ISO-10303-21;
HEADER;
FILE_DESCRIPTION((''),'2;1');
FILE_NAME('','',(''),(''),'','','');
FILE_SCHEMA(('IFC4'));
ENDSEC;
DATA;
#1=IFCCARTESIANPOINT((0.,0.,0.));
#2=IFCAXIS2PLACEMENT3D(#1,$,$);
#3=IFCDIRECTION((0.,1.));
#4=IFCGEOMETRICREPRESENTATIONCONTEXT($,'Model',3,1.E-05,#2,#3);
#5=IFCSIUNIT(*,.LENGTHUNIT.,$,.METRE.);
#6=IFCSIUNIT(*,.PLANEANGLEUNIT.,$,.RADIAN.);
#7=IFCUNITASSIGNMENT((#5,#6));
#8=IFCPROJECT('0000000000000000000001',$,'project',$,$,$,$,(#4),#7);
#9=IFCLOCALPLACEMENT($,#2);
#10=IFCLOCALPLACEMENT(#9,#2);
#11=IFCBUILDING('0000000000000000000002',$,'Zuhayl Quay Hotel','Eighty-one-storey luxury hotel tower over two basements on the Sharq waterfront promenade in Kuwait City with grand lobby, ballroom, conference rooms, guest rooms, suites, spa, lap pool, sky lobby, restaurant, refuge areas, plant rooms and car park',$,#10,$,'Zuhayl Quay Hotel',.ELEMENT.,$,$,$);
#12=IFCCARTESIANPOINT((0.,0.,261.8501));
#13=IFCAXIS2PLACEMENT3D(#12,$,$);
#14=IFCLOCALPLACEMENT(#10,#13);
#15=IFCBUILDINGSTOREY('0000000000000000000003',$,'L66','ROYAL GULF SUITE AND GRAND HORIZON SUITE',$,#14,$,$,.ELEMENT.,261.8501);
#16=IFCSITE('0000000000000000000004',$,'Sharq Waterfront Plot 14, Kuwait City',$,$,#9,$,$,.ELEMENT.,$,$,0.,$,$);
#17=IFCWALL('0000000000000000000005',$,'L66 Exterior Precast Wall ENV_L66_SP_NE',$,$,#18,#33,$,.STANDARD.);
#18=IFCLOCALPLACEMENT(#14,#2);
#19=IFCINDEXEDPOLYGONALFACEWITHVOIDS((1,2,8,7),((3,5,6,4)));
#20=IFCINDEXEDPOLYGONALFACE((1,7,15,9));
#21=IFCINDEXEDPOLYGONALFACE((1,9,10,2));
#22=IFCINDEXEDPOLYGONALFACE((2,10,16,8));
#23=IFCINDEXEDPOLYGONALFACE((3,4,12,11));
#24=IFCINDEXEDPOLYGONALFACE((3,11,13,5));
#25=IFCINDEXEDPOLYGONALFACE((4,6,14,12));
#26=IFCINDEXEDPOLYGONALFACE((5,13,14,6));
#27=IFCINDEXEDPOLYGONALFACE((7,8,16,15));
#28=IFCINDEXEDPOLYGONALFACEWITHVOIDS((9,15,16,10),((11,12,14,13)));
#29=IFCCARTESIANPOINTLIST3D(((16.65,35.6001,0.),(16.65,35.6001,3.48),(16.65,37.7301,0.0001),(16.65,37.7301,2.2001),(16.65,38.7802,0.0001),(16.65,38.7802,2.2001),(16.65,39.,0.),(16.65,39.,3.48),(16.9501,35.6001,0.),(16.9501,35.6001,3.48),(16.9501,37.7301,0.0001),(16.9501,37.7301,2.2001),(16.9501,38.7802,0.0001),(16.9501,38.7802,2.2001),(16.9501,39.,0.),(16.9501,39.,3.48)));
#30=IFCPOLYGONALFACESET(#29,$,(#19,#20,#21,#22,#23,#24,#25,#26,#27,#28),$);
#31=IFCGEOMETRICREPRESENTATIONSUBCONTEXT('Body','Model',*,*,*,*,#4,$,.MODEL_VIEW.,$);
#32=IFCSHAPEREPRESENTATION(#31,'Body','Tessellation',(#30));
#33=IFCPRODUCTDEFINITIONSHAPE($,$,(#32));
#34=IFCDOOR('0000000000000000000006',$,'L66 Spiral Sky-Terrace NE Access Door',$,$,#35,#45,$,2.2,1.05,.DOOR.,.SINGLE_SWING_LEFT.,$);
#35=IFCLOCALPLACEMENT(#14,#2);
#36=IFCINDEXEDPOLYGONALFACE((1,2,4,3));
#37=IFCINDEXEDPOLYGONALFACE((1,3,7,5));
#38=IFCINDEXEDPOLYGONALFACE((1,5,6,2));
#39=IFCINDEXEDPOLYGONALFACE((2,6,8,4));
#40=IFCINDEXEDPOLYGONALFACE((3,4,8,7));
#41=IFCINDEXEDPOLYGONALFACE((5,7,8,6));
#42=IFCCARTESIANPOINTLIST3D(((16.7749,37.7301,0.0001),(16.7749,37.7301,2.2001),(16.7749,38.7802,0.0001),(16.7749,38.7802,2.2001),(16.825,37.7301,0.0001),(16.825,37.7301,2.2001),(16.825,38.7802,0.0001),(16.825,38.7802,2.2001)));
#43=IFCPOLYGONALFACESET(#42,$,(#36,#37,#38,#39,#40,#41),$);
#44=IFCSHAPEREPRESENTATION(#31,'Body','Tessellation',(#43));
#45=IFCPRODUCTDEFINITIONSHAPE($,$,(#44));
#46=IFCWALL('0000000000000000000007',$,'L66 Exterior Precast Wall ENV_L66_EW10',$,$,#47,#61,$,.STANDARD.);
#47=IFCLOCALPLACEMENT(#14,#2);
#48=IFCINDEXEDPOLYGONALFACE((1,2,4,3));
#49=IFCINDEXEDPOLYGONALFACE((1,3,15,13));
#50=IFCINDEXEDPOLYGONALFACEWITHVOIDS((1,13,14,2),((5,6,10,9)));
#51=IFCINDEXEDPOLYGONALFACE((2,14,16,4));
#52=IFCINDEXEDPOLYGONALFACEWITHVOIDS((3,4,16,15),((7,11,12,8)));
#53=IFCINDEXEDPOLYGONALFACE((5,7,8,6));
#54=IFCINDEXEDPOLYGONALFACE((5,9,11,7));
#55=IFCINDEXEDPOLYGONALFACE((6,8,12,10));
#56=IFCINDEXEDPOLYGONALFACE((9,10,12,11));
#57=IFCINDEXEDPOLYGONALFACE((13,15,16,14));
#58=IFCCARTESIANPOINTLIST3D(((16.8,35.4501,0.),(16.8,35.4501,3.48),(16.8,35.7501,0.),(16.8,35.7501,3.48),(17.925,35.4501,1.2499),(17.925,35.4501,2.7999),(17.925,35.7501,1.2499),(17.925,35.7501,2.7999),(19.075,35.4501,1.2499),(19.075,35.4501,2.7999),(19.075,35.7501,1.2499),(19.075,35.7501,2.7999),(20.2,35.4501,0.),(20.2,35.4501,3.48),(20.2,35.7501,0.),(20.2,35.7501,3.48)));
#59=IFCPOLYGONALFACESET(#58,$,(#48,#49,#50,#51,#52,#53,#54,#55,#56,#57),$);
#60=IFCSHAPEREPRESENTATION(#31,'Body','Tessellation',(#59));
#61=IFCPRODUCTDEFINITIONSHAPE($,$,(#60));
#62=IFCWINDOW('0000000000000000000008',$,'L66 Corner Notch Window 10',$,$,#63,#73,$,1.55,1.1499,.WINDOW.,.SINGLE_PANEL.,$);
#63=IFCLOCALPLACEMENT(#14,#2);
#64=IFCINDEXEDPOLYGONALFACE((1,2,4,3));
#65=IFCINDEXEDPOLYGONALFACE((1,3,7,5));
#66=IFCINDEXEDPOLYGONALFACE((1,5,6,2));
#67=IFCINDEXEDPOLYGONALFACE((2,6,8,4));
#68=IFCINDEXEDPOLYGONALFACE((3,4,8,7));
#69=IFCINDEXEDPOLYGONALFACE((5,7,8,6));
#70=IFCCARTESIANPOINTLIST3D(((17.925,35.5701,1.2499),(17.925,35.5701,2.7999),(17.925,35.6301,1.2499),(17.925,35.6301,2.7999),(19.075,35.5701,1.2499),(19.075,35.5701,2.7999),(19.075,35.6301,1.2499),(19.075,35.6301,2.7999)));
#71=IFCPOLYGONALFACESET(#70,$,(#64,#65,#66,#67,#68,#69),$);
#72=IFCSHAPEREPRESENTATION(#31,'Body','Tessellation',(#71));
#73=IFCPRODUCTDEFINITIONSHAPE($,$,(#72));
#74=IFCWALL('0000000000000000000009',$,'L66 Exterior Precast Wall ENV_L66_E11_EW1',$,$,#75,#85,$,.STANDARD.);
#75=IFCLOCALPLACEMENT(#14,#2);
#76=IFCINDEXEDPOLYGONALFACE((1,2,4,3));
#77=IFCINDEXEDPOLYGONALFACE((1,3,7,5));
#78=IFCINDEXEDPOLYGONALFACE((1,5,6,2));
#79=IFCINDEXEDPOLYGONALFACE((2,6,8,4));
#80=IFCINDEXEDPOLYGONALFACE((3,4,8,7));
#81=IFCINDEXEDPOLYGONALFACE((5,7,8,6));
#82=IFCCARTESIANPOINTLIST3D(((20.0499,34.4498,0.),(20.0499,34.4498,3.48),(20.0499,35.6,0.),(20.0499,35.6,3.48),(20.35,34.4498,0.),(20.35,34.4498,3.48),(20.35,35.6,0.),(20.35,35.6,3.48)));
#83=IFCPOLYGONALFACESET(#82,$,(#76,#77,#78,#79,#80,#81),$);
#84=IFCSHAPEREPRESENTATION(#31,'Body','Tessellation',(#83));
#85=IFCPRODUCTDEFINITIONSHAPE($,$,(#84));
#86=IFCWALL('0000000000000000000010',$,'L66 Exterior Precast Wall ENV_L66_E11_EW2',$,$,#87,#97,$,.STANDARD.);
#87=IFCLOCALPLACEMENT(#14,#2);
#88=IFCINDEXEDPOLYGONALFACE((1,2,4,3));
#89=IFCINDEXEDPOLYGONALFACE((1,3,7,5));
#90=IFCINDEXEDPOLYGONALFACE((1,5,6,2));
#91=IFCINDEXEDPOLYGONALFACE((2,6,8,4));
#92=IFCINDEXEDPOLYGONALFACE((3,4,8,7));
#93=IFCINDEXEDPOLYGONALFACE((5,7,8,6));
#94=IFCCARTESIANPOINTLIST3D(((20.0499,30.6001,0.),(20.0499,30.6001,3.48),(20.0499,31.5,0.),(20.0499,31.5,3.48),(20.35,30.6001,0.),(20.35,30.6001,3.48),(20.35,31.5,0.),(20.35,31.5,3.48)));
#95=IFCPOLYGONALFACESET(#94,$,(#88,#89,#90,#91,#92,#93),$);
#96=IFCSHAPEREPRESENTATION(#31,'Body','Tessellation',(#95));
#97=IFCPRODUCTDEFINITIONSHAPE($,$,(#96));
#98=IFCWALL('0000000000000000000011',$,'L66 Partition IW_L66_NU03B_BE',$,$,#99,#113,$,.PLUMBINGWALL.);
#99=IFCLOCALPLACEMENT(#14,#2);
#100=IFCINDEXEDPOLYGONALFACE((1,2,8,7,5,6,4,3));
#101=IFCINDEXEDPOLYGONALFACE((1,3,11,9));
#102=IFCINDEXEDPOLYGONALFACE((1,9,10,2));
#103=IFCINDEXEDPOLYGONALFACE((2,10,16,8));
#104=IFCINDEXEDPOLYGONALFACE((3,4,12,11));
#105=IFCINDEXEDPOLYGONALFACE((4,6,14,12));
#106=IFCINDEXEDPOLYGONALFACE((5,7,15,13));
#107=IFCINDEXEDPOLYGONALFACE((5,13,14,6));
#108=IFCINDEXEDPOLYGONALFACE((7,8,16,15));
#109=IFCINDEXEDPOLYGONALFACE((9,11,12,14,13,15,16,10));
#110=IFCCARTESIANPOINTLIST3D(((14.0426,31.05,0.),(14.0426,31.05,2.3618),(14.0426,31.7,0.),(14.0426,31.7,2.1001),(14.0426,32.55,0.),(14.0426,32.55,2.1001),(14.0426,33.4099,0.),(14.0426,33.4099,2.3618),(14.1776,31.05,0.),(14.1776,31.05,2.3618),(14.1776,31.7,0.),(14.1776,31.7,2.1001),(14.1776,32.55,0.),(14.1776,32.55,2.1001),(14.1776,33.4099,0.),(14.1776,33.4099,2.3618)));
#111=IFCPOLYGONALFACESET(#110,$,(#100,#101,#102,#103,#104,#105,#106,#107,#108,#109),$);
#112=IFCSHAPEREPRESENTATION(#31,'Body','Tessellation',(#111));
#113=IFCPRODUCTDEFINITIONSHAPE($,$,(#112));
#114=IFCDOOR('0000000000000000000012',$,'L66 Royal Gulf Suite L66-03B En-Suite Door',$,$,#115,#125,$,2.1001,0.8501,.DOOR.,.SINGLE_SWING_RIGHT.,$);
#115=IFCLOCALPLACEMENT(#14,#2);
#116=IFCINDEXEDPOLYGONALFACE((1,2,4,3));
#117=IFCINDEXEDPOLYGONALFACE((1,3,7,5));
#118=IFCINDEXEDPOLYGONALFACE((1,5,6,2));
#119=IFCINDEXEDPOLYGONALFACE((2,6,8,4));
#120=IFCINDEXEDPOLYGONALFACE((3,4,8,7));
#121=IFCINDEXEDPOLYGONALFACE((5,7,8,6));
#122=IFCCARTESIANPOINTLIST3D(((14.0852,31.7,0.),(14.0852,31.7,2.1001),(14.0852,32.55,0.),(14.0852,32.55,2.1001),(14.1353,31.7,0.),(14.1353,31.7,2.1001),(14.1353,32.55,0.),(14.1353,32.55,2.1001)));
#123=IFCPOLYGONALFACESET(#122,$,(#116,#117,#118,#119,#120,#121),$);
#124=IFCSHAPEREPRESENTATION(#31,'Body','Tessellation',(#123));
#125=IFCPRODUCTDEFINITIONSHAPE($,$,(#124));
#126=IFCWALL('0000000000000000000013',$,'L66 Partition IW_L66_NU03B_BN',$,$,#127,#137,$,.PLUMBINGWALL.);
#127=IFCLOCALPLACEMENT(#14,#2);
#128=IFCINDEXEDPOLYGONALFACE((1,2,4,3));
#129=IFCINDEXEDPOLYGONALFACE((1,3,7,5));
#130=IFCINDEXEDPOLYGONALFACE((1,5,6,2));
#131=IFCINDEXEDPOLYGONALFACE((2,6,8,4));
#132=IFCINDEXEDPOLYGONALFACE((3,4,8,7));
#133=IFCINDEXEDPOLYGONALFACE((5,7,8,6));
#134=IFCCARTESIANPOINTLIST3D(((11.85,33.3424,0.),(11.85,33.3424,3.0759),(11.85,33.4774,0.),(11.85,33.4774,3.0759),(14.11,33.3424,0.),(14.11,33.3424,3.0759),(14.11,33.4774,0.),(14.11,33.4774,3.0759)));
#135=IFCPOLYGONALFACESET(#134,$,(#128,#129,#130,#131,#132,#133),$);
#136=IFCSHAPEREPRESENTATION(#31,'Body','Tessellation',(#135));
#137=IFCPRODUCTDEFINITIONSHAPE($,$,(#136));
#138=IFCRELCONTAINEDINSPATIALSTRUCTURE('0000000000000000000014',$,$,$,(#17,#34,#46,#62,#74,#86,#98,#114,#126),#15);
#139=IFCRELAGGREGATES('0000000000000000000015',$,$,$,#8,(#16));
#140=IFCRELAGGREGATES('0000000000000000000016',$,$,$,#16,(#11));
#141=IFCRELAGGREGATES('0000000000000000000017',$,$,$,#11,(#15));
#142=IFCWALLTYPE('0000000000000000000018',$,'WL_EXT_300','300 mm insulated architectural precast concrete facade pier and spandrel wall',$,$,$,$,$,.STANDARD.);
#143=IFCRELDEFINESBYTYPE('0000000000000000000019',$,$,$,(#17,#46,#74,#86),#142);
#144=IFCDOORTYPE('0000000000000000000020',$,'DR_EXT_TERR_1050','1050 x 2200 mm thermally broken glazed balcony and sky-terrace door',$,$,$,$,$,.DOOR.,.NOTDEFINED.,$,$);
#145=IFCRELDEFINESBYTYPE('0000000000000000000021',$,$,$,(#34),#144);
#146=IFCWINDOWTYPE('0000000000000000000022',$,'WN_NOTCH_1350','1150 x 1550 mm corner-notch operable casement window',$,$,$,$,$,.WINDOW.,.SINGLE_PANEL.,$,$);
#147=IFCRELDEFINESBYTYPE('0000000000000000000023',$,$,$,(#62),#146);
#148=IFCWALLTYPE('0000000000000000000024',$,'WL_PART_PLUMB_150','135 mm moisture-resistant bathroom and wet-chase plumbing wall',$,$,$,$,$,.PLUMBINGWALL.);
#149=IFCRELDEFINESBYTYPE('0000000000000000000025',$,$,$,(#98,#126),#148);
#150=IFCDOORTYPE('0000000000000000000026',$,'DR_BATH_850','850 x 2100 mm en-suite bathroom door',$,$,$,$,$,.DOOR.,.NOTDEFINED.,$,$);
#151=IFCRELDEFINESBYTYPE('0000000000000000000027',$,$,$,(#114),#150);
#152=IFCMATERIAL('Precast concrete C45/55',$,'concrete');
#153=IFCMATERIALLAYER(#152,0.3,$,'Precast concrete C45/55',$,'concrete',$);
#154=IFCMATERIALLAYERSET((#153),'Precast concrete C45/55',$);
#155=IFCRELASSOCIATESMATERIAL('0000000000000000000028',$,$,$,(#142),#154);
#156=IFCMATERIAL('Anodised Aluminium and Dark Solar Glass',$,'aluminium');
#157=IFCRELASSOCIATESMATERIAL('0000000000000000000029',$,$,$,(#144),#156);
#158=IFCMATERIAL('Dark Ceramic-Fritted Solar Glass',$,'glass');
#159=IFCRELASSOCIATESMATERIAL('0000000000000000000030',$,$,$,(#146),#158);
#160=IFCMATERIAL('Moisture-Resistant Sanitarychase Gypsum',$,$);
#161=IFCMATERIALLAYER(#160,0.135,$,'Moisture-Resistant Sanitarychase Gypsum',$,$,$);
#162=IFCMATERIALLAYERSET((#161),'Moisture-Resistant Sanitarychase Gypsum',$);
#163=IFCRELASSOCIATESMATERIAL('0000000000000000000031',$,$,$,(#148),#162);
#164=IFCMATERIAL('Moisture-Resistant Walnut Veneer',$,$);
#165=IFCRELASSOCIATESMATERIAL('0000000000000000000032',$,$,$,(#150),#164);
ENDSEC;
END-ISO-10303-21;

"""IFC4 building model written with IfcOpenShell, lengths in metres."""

from ifc_helpers import new_model, si_unit, direction, frame, frame_2d, origin, place, context, subcontext, project, spatial, rectangle, extrude, material, layer, layer_set, type_object, element, fill, save


model = new_model("IFC4")

# Units and contexts
model_context = context("Model", 3, precision=1e-05, world=origin(), true_north=direction((0.0, 1.0)))
body_context = subcontext(model_context, "Body", "Model", "MODEL_VIEW")
ifc_project = project(units=[si_unit("LENGTHUNIT", "METRE"), si_unit("PLANEANGLEUNIT", "RADIAN")], contexts=[model_context])

# Site, building, storey
site_placement = place(None, origin())
site = spatial("IfcSite", under=ifc_project, at=site_placement, Name="Sharq Waterfront Plot 14, Kuwait City", CompositionType="ELEMENT", RefElevation=0.0)
building_placement = place(site_placement, origin())
building = spatial("IfcBuilding", under=site, at=building_placement, Name="Zuhayl Quay Hotel", Description="Eighty-one-storey luxury hotel tower over two basements on the Sharq waterfront promenade in Kuwait City with grand lobby, ballroom, conference rooms, guest rooms, suites, spa, lap pool, sky lobby, restaurant, refuge areas, plant rooms and car park", LongName="Zuhayl Quay Hotel", CompositionType="ELEMENT")
storey_placement = place(building_placement, frame((0.0, 0.0, 261.8501)))
storey = spatial("IfcBuildingStorey", under=building, at=storey_placement, Name="L66", Description="ROYAL GULF SUITE AND GRAND HORIZON SUITE", CompositionType="ELEMENT", Elevation=261.8501)

# Shared definitions
ifc_material_1 = material(Name="Dark Ceramic-Fritted Solar Glass", Category="glass")

# Wall, opening, door
ifc_material_2 = material(Name="Precast concrete C45/55", Category="concrete")
ifc_layer_1 = layer(ifc_material_2, 0.3, Name="Precast concrete C45/55", Category="concrete")
ifc_layer_set_1 = layer_set([ifc_layer_1], Name="Precast concrete C45/55")
wall_type_1 = type_object("IfcWallType", Name="WL_EXT_300", Description="300 mm insulated architectural precast concrete facade pier and spandrel wall", PredefinedType="STANDARD", material=ifc_layer_set_1)
wall_1_placement = place(storey_placement, frame((16.8, 39.0, 0.0), z_axis=(0.0, 0.0, 1.0), x_axis=(0.0, -1.0, 0.0)))
wall_1 = element("IfcWall", 1, at=wall_1_placement, inside=storey, type_object=wall_type_1, Name="L66 Exterior Precast Wall ENV_L66_SP_NE", PredefinedType="STANDARD", context=body_context, shape_type="SweptSolid", body=[
    extrude(rectangle(XDim=3.3999, YDim=0.3, at=frame_2d((1.7, 0.0))), origin(), (0.0, 0.0, 1.0), 3.48),
])
opening_1_placement = place(wall_1_placement, frame((0.22, 0.0, 0.0)))
opening_1 = element("IfcOpeningElement", 2, at=opening_1_placement, cuts=wall_1, PredefinedType="OPENING", context=body_context, shape_type="SweptSolid", body=[
    extrude(rectangle(XDim=1.05, YDim=2.2, at=frame_2d((0.5249, 1.1001))), frame((0.0, 0.1599, 0.0), z_axis=(0.0, -1.0, 0.0), x_axis=(1.0, 0.0, 0.0)), (0.0, 0.0, 1.0), 0.3201),
])
ifc_material_3 = material(Name="Anodised Aluminium and Dark Solar Glass", Category="aluminium")
door_type_1 = type_object("IfcDoorType", Name="DR_EXT_TERR_1050", Description="1050 x 2200 mm thermally broken glazed balcony and sky-terrace door", OperationType="NOTDEFINED", PredefinedType="DOOR", material=ifc_material_3)
door_1_placement = place(opening_1_placement, origin())
door_1 = element("IfcDoor", 3, at=door_1_placement, inside=storey, type_object=door_type_1, Name="L66 Spiral Sky-Terrace NE Access Door", OperationType="SINGLE_SWING_LEFT", OverallHeight=2.2, OverallWidth=1.05, PredefinedType="DOOR", context=body_context, shape_type="SweptSolid", body=[
    extrude(rectangle(XDim=1.05, YDim=2.2, at=frame_2d((0.5249, 1.1001))), frame((0.0, 0.0249, 0.0), z_axis=(0.0, -1.0, 0.0), x_axis=(1.0, 0.0, 0.0)), (0.0, 0.0, 1.0), 0.05),
])
fill(opening_1, door_1)

# Wall, opening, window
wall_2_placement = place(storey_placement, frame((16.8, 35.6001, 0.0), z_axis=(0.0, 0.0, 1.0), x_axis=(1.0, 0.0, 0.0)))
wall_2 = element("IfcWall", 4, at=wall_2_placement, inside=storey, type_object=wall_type_1, Name="L66 Exterior Precast Wall ENV_L66_EW10", PredefinedType="STANDARD", context=body_context, shape_type="SweptSolid", body=[
    extrude(rectangle(XDim=3.3999, YDim=0.3, at=frame_2d((1.7, 0.0))), origin(), (0.0, 0.0, 1.0), 3.48),
])
opening_2_placement = place(wall_2_placement, frame((1.125, 0.0, 1.25)))
opening_2 = element("IfcOpeningElement", 5, at=opening_2_placement, cuts=wall_2, PredefinedType="OPENING", context=body_context, shape_type="SweptSolid", body=[
    extrude(rectangle(XDim=1.1499, YDim=1.55, at=frame_2d((0.575, 0.7749))), frame((0.0, 0.1599, 0.0), z_axis=(0.0, -1.0, 0.0), x_axis=(1.0, 0.0, 0.0)), (0.0, 0.0, 1.0), 0.3201),
])
window_type = type_object("IfcWindowType", Name="WN_NOTCH_1350", Description="1150 x 1550 mm corner-notch operable casement window", PartitioningType="SINGLE_PANEL", PredefinedType="WINDOW", material=ifc_material_1)
window_placement = place(opening_2_placement, origin())
window = element("IfcWindow", 6, at=window_placement, inside=storey, type_object=window_type, Name="L66 Corner Notch Window 10", OverallHeight=1.55, OverallWidth=1.1499, PartitioningType="SINGLE_PANEL", PredefinedType="WINDOW", context=body_context, shape_type="SweptSolid", body=[
    extrude(rectangle(XDim=1.1499, YDim=1.55, at=frame_2d((0.575, 0.7749))), frame((0.0, 0.03, 0.0), z_axis=(0.0, -1.0, 0.0), x_axis=(1.0, 0.0, 0.0)), (0.0, 0.0, 1.0), 0.0601),
])
fill(opening_2, window)

# Walls
wall_3_placement = place(storey_placement, frame((20.2, 35.6001, 0.0), z_axis=(0.0, 0.0, 1.0), x_axis=(0.0, -1.0, 0.0)))
element("IfcWall", 7, at=wall_3_placement, inside=storey, type_object=wall_type_1, Name="L66 Exterior Precast Wall ENV_L66_E11_EW1", PredefinedType="STANDARD", context=body_context, shape_type="SweptSolid", body=[
    extrude(rectangle(XDim=1.1501, YDim=0.3, at=frame_2d((0.5752, 0.0))), origin(), (0.0, 0.0, 1.0), 3.48),
])
wall_4_placement = place(storey_placement, frame((20.2, 31.5, 0.0), z_axis=(0.0, 0.0, 1.0), x_axis=(0.0, -1.0, 0.0)))
element("IfcWall", 8, at=wall_4_placement, inside=storey, type_object=wall_type_1, Name="L66 Exterior Precast Wall ENV_L66_E11_EW2", PredefinedType="STANDARD", context=body_context, shape_type="SweptSolid", body=[
    extrude(rectangle(XDim=0.8999, YDim=0.3, at=frame_2d((0.45, 0.0))), origin(), (0.0, 0.0, 1.0), 3.48),
])

# Wall, opening, door
ifc_material_4 = material(Name="Moisture-Resistant Sanitarychase Gypsum")
ifc_layer_2 = layer(ifc_material_4, 0.135, Name="Moisture-Resistant Sanitarychase Gypsum")
ifc_layer_set_2 = layer_set([ifc_layer_2], Name="Moisture-Resistant Sanitarychase Gypsum")
wall_type_2 = type_object("IfcWallType", Name="WL_PART_PLUMB_150", Description="135 mm moisture-resistant bathroom and wet-chase plumbing wall", PredefinedType="PLUMBINGWALL", material=ifc_layer_set_2)
wall_5_placement = place(storey_placement, frame((14.1101, 31.05, 0.0), z_axis=(0.0, 0.0, 1.0), x_axis=(0.0, 1.0, 0.0)))
wall_5 = element("IfcWall", 9, at=wall_5_placement, inside=storey, type_object=wall_type_2, Name="L66 Partition IW_L66_NU03B_BE", PredefinedType="PLUMBINGWALL", context=body_context, shape_type="SweptSolid", body=[
    extrude(rectangle(XDim=2.3599, YDim=0.135, at=frame_2d((1.1799, 0.0))), origin(), (0.0, 0.0, 1.0), 2.3618),
])
opening_3_placement = place(wall_5_placement, frame((0.6499, 0.0, 0.0)))
opening_3 = element("IfcOpeningElement", 10, at=opening_3_placement, cuts=wall_5, PredefinedType="OPENING", context=body_context, shape_type="SweptSolid", body=[
    extrude(rectangle(XDim=0.8501, YDim=2.1001, at=frame_2d((0.425, 1.05))), frame((0.0, 0.0774, 0.0), z_axis=(0.0, -1.0, 0.0), x_axis=(1.0, 0.0, 0.0)), (0.0, 0.0, 1.0), 0.155),
])
ifc_material_5 = material(Name="Moisture-Resistant Walnut Veneer")
door_type_2 = type_object("IfcDoorType", Name="DR_BATH_850", Description="850 x 2100 mm en-suite bathroom door", OperationType="NOTDEFINED", PredefinedType="DOOR", material=ifc_material_5)
door_2_placement = place(opening_3_placement, origin())
door_2 = element("IfcDoor", 11, at=door_2_placement, inside=storey, type_object=door_type_2, Name="L66 Royal Gulf Suite L66-03B En-Suite Door", OperationType="SINGLE_SWING_RIGHT", OverallHeight=2.1001, OverallWidth=0.8501, PredefinedType="DOOR", context=body_context, shape_type="SweptSolid", body=[
    extrude(rectangle(XDim=0.8501, YDim=2.1001, at=frame_2d((0.425, 1.05))), frame((0.0, 0.0249, 0.0), z_axis=(0.0, -1.0, 0.0), x_axis=(1.0, 0.0, 0.0)), (0.0, 0.0, 1.0), 0.05),
])
fill(opening_3, door_2)

# Wall
wall_6_placement = place(storey_placement, frame((11.8501, 33.4099, 0.0), z_axis=(0.0, 0.0, 1.0), x_axis=(1.0, 0.0, 0.0)))
element("IfcWall", 12, at=wall_6_placement, inside=storey, type_object=wall_type_2, Name="L66 Partition IW_L66_NU03B_BN", PredefinedType="PLUMBINGWALL", context=body_context, shape_type="SweptSolid", body=[
    extrude(rectangle(XDim=2.26, YDim=0.135, at=frame_2d((1.1299, 0.0))), origin(), (0.0, 0.0, 1.0), 3.0759),
])

save(model, "model.ifc")
